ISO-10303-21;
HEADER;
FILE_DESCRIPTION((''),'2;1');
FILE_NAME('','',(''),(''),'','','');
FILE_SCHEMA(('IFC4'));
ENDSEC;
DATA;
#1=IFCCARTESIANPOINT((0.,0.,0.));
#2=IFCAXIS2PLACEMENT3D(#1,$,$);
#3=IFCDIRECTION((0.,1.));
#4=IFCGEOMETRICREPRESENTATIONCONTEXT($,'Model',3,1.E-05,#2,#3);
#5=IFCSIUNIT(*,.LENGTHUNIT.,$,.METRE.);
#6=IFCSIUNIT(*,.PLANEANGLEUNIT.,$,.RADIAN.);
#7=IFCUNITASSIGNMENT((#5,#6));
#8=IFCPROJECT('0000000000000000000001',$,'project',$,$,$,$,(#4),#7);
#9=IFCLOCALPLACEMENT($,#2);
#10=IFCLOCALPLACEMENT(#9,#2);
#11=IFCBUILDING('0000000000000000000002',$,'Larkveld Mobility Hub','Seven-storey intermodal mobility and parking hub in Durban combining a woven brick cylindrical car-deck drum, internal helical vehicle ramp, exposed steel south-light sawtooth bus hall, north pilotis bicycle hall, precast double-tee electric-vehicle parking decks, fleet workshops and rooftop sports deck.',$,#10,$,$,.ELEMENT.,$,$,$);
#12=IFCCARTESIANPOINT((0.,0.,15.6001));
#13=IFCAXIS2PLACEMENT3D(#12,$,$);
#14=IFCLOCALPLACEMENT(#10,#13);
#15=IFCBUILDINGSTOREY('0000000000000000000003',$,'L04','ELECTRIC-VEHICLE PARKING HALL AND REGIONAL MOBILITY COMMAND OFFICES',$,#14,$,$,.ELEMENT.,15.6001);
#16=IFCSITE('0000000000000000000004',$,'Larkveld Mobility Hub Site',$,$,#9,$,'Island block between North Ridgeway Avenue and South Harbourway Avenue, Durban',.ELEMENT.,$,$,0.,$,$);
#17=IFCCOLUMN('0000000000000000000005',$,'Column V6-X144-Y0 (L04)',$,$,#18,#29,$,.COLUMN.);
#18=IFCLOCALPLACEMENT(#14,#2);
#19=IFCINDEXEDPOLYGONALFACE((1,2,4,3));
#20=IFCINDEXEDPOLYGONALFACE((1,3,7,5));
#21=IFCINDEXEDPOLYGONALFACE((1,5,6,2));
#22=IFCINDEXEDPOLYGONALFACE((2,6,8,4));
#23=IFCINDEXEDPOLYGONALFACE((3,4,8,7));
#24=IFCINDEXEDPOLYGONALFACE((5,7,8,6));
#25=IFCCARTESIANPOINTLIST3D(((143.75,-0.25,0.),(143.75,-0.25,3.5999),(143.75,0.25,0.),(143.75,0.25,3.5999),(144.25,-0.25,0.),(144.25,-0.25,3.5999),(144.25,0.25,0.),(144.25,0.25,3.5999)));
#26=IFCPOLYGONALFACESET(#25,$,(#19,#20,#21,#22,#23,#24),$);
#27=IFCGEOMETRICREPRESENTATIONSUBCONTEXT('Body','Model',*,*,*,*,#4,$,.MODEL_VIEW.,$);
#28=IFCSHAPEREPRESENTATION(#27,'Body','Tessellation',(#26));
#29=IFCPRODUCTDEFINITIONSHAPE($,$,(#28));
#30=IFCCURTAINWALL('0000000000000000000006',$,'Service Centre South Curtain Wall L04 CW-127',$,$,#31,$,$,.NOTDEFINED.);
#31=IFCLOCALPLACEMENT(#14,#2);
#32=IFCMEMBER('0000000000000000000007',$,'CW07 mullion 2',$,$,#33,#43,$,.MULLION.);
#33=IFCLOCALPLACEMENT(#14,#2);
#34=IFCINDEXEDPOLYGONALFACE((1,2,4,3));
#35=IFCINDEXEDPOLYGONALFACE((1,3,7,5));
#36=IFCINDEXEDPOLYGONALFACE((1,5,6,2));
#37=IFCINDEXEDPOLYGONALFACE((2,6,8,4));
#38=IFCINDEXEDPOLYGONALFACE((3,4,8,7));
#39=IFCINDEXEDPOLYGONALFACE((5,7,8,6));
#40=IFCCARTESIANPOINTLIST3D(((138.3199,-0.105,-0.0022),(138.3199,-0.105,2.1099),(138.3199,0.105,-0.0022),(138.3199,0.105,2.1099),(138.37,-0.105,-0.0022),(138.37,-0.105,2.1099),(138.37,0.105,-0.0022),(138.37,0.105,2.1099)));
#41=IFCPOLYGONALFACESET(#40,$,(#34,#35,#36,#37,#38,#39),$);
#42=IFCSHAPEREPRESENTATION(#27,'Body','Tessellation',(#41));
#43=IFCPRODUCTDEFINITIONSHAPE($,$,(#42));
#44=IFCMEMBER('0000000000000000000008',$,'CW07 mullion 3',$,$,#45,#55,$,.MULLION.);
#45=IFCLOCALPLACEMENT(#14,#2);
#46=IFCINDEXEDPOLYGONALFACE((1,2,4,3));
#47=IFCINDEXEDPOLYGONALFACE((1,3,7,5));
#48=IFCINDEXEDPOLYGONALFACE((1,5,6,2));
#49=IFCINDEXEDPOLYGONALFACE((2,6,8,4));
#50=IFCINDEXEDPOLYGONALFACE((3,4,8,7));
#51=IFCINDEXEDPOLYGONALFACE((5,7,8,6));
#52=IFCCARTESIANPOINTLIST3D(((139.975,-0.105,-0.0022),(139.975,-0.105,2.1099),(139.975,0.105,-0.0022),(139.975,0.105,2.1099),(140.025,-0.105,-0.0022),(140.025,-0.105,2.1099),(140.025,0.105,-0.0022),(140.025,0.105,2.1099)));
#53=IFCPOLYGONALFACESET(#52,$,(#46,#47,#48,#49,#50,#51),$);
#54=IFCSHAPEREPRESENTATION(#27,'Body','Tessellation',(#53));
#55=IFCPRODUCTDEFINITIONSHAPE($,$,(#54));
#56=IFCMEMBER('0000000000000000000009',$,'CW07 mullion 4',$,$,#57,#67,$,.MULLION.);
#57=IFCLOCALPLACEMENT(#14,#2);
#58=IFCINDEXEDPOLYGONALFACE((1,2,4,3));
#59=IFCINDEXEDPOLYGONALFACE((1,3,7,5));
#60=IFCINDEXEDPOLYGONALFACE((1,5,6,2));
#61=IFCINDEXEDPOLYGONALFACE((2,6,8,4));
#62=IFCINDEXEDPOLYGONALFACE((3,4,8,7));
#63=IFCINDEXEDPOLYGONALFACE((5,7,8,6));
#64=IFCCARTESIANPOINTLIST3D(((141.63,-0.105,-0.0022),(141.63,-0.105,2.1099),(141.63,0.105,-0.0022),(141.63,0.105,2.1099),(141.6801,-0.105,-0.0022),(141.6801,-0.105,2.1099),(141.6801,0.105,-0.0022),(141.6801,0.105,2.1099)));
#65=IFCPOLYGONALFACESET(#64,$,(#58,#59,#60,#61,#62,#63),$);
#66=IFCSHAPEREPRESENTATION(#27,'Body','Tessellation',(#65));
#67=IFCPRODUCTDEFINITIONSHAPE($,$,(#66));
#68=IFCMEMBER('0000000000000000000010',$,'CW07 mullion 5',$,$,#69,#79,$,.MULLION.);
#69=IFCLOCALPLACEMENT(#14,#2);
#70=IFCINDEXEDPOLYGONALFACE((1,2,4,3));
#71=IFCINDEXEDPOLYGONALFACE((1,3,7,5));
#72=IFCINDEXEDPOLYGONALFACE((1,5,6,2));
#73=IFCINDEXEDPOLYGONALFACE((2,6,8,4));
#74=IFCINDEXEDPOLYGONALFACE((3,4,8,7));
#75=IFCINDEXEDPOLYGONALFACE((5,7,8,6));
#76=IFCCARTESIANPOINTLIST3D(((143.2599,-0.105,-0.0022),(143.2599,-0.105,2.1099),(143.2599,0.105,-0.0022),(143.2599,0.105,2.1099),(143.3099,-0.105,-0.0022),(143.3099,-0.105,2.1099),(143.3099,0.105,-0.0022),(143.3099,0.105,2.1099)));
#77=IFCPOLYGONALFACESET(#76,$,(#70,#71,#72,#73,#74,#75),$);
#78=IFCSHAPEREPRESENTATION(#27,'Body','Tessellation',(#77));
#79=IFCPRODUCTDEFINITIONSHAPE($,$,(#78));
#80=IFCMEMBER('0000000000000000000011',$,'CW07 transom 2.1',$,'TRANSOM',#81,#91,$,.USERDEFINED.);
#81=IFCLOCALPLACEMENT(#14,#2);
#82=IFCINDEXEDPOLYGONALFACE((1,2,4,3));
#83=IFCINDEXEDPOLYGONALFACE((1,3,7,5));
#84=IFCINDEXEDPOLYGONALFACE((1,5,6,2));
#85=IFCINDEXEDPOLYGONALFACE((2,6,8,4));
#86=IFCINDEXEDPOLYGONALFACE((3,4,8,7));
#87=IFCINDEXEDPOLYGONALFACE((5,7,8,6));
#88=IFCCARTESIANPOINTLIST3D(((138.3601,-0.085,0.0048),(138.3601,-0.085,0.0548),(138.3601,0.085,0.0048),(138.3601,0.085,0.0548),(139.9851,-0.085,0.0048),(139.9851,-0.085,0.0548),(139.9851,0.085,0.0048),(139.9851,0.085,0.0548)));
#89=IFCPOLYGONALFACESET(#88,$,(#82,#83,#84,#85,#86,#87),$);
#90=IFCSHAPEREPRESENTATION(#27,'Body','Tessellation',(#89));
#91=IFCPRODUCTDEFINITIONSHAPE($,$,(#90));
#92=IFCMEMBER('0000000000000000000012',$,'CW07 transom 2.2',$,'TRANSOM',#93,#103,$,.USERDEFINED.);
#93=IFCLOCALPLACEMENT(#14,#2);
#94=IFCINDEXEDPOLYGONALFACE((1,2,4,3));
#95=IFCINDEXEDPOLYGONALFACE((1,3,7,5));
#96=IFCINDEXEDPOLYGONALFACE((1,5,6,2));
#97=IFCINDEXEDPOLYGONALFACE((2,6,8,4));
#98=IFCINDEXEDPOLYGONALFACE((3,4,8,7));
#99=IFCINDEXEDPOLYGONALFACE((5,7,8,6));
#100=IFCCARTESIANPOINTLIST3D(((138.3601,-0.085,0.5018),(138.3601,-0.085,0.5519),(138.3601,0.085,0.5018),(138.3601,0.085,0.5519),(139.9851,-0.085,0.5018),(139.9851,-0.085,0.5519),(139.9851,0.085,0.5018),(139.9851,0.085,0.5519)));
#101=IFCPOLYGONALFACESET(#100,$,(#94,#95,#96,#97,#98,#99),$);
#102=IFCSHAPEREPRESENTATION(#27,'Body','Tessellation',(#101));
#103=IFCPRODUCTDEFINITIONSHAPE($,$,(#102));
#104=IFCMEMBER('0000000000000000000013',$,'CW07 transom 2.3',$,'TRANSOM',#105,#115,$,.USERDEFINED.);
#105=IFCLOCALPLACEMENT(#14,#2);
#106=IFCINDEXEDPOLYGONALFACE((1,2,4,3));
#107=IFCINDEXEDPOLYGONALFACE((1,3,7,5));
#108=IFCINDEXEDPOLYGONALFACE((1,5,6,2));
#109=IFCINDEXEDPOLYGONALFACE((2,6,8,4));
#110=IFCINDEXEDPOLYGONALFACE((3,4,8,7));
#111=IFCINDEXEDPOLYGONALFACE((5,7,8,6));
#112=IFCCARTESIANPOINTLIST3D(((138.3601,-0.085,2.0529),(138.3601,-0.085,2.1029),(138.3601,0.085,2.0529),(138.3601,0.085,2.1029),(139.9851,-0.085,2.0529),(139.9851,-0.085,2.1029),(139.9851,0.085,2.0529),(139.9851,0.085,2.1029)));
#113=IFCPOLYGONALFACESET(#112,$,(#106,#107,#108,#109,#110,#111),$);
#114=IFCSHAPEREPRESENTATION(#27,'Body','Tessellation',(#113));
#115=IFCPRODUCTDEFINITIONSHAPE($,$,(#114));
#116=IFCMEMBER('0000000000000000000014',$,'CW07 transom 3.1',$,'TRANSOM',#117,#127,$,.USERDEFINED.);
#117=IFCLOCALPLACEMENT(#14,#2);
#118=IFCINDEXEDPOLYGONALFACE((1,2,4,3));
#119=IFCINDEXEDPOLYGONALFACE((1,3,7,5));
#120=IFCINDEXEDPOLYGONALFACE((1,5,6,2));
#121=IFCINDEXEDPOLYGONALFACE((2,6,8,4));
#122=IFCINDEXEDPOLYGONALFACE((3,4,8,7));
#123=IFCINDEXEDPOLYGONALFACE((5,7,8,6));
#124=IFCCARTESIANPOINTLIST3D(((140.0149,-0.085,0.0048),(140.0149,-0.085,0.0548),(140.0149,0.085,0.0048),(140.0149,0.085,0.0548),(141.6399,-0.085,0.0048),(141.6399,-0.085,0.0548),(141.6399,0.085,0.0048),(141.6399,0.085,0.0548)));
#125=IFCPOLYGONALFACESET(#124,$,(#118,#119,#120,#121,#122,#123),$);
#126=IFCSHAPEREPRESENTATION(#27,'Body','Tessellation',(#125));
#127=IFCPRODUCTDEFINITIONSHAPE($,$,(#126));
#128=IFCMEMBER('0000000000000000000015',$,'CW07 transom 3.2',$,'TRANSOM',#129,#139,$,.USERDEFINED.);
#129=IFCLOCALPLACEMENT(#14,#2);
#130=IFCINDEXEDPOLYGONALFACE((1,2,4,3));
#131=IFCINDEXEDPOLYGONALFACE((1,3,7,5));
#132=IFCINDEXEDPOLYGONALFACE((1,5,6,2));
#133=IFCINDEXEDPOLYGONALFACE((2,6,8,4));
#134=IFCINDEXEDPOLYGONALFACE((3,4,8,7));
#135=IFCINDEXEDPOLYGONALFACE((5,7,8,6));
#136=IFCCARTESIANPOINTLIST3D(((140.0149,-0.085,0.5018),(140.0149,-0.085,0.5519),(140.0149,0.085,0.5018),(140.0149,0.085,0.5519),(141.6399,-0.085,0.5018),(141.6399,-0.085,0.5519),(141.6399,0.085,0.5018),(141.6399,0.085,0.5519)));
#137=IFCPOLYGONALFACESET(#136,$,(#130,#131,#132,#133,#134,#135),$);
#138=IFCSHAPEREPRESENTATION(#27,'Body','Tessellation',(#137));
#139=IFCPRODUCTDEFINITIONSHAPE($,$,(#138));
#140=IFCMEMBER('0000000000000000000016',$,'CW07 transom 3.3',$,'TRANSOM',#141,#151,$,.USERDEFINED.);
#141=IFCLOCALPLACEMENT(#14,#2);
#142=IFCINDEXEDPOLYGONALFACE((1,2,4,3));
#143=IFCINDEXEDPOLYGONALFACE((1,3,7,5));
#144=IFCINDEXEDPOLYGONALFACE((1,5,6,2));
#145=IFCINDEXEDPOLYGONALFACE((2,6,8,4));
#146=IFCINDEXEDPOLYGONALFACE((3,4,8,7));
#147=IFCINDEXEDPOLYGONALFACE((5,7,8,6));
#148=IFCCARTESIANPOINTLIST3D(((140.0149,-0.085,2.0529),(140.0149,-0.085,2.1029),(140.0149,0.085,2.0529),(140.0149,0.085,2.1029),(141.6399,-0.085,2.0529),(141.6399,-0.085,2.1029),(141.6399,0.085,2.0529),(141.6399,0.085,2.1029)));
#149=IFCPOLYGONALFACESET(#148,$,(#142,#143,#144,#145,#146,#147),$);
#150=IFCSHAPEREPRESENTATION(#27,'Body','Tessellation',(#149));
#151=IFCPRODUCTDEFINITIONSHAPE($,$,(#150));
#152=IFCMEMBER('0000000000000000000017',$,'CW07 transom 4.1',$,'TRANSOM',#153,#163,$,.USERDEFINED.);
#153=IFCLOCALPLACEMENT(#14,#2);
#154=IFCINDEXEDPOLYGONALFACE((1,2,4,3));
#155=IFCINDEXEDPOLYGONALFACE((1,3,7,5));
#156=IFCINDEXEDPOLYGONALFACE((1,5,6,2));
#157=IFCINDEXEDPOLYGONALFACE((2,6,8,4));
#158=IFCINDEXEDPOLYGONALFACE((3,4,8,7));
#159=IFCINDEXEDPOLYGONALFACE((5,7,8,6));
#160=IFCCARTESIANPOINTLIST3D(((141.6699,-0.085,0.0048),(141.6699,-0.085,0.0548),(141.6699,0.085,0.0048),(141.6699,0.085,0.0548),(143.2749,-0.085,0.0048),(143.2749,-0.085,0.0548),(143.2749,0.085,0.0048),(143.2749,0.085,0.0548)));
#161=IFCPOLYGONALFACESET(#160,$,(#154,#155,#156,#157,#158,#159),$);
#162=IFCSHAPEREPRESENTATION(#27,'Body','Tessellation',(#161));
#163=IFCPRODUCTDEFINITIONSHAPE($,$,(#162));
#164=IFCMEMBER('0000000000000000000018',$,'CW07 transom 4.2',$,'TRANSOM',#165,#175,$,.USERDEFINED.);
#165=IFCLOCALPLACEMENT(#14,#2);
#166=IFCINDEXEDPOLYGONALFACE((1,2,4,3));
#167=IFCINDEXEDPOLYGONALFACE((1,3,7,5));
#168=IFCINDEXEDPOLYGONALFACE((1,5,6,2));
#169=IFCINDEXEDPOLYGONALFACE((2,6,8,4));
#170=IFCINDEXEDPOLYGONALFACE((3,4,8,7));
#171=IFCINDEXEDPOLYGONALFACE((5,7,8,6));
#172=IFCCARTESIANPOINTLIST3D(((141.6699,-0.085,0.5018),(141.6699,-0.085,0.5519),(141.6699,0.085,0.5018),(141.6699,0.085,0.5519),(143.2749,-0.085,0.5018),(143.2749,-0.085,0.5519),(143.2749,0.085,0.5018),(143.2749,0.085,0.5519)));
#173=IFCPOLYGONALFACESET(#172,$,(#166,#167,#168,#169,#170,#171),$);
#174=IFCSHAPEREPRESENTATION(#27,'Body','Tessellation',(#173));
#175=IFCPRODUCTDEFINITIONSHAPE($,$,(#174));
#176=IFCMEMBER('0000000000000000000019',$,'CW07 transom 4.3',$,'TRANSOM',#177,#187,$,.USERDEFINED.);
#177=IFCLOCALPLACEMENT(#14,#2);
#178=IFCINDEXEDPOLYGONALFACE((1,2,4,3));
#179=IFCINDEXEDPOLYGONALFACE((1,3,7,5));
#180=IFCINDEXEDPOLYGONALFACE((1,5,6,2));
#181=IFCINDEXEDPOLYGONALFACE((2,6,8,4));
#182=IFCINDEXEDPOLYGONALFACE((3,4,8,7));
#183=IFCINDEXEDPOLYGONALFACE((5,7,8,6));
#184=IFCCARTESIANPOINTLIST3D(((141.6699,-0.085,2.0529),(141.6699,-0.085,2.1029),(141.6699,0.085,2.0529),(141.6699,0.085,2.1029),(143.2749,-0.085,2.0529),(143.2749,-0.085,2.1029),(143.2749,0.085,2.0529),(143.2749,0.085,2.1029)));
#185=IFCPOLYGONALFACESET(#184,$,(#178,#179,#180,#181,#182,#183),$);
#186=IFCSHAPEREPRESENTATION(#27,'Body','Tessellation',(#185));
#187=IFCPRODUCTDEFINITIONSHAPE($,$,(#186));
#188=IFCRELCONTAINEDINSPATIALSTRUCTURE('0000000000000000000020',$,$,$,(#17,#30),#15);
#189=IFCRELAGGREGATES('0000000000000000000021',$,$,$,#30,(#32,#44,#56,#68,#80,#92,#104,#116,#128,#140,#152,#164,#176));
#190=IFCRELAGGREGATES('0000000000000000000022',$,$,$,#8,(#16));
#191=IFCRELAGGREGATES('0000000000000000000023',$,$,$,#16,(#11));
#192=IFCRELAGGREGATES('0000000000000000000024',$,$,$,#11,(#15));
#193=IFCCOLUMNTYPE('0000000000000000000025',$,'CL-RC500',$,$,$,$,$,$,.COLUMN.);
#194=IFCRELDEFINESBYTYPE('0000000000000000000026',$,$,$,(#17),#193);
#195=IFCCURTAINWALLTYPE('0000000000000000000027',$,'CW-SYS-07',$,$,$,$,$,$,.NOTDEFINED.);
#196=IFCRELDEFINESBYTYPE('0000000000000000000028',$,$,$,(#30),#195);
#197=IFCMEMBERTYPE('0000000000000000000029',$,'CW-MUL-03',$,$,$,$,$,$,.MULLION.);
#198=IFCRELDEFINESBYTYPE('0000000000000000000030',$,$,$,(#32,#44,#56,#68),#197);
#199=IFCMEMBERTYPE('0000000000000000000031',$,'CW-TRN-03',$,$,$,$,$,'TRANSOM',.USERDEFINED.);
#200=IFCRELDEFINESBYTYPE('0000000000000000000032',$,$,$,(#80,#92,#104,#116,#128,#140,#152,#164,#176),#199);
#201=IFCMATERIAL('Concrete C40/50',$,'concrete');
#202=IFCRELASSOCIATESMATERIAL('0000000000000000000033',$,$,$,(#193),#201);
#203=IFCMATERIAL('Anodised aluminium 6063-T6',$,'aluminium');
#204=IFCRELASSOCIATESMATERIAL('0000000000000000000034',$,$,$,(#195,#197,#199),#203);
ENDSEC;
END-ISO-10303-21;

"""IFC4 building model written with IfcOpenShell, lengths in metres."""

from ifc_helpers import new_model, si_unit, direction, frame, origin, origin_2d, place, context, subcontext, project, spatial, rectangle, extrude, material, material_profile, profile_set, type_object, element, aggregate, save


model = new_model("IFC4")

# Units and contexts
model_context = context("Model", 3, precision=1e-05, world=origin(), true_north=direction((0.0, 1.0)))
body_context = subcontext(model_context, "Body", "Model", "MODEL_VIEW")
ifc_project = project(units=[si_unit("LENGTHUNIT", "METRE"), si_unit("PLANEANGLEUNIT", "RADIAN")], contexts=[model_context])

# Site, building, storey
site_placement = place(None, origin())
site = spatial("IfcSite", under=ifc_project, at=site_placement, Name="Larkveld Mobility Hub Site", LongName="Island block between North Ridgeway Avenue and South Harbourway Avenue, Durban", CompositionType="ELEMENT", RefElevation=0.0)
building_placement = place(site_placement, origin())
building = spatial("IfcBuilding", under=site, at=building_placement, Name="Larkveld Mobility Hub", Description="Seven-storey intermodal mobility and parking hub in Durban combining a woven brick cylindrical car-deck drum, internal helical vehicle ramp, exposed steel south-light sawtooth bus hall, north pilotis bicycle hall, precast double-tee electric-vehicle parking decks, fleet workshops and rooftop sports deck.", CompositionType="ELEMENT")
storey_placement = place(building_placement, frame((0.0, 0.0, 15.6001)))
storey = spatial("IfcBuildingStorey", under=building, at=storey_placement, Name="L04", Description="ELECTRIC-VEHICLE PARKING HALL AND REGIONAL MOBILITY COMMAND OFFICES", CompositionType="ELEMENT", Elevation=15.6001)

# Column
ifc_material_1 = material(Name="Concrete C40/50", Category="concrete")
ifc_material_profile_1 = material_profile(ifc_material_1, rectangle(XDim=0.5, YDim=0.5, at=origin_2d()), Name="RC COL 500x500")
ifc_profile_set_1 = profile_set([ifc_material_profile_1], Name="Concrete C40/50")
column_type = type_object("IfcColumnType", Name="CL-RC500", PredefinedType="COLUMN", material=ifc_profile_set_1)
column_placement = place(storey_placement, frame((144.0, 0.0, 0.0), z_axis=(0.0, 0.0, 1.0), x_axis=(1.0, 0.0, 0.0)))
element("IfcColumn", 1, at=column_placement, inside=storey, type_object=column_type, Name="Column V6-X144-Y0 (L04)", PredefinedType="COLUMN", context=body_context, shape_type="SweptSolid", body=[
    extrude(rectangle(XDim=0.5, YDim=0.5, at=origin_2d()), origin(), (0.0, 0.0, 1.0), 3.5999),
])

# Curtain wall, members
ifc_material_2 = material(Name="Anodised aluminium 6063-T6", Category="aluminium")
curtain_wall_type = type_object("IfcCurtainWallType", Name="CW-SYS-07", PredefinedType="NOTDEFINED", material=ifc_material_2)
curtain_wall_placement = place(storey_placement, origin())
curtain_wall = element("IfcCurtainWall", 2, at=curtain_wall_placement, inside=storey, type_object=curtain_wall_type, Name="Service Centre South Curtain Wall L04 CW-127", PredefinedType="NOTDEFINED")
ifc_material_profile_2 = material_profile(ifc_material_2, rectangle(XDim=0.05, YDim=0.21, at=origin_2d()), Name="ALU MULL 50x210")
ifc_profile_set_2 = profile_set([ifc_material_profile_2], Name="Anodised aluminium 6063-T6")
member_type_1 = type_object("IfcMemberType", Name="CW-MUL-03", PredefinedType="MULLION", material=ifc_profile_set_2)
member_1_placement = place(storey_placement, frame((138.345, 0.0, -0.0022), z_axis=(0.0, 0.0, 1.0), x_axis=(1.0, 0.0, 0.0)))
member_1 = element("IfcMember", 3, at=member_1_placement, type_object=member_type_1, Name="CW07 mullion 2", PredefinedType="MULLION", context=body_context, shape_type="SweptSolid", body=[
    extrude(rectangle(XDim=0.05, YDim=0.21, at=origin_2d()), origin(), (0.0, 0.0, 1.0), 2.1121),
])
member_2_placement = place(storey_placement, frame((140.0, 0.0, -0.0022), z_axis=(0.0, 0.0, 1.0), x_axis=(1.0, 0.0, 0.0)))
member_2 = element("IfcMember", 4, at=member_2_placement, type_object=member_type_1, Name="CW07 mullion 3", PredefinedType="MULLION", context=body_context, shape_type="SweptSolid", body=[
    extrude(rectangle(XDim=0.05, YDim=0.21, at=origin_2d()), origin(), (0.0, 0.0, 1.0), 2.1121),
])
member_3_placement = place(storey_placement, frame((141.655, 0.0, -0.0022), z_axis=(0.0, 0.0, 1.0), x_axis=(1.0, 0.0, 0.0)))
member_3 = element("IfcMember", 5, at=member_3_placement, type_object=member_type_1, Name="CW07 mullion 4", PredefinedType="MULLION", context=body_context, shape_type="SweptSolid", body=[
    extrude(rectangle(XDim=0.05, YDim=0.21, at=origin_2d()), origin(), (0.0, 0.0, 1.0), 2.1121),
])
member_4_placement = place(storey_placement, frame((143.2849, 0.0, -0.0022), z_axis=(0.0, 0.0, 1.0), x_axis=(1.0, 0.0, 0.0)))
member_4 = element("IfcMember", 6, at=member_4_placement, type_object=member_type_1, Name="CW07 mullion 5", PredefinedType="MULLION", context=body_context, shape_type="SweptSolid", body=[
    extrude(rectangle(XDim=0.05, YDim=0.21, at=origin_2d()), origin(), (0.0, 0.0, 1.0), 2.1121),
])
ifc_material_profile_3 = material_profile(ifc_material_2, rectangle(XDim=0.1699, YDim=0.05, at=origin_2d()), Name="ALU TRAN 50x170")
ifc_profile_set_3 = profile_set([ifc_material_profile_3], Name="Anodised aluminium 6063-T6")
member_type_2 = type_object("IfcMemberType", Name="CW-TRN-03", ElementType="TRANSOM", PredefinedType="USERDEFINED", material=ifc_profile_set_3)
member_5_placement = place(storey_placement, frame((138.3601, 0.0, 0.0298), z_axis=(1.0, 0.0, 0.0), x_axis=(0.0, 1.0, 0.0)))
member_5 = element("IfcMember", 7, at=member_5_placement, type_object=member_type_2, Name="CW07 transom 2.1", ObjectType="TRANSOM", PredefinedType="USERDEFINED", context=body_context, shape_type="SweptSolid", body=[
    extrude(rectangle(XDim=0.1699, YDim=0.05, at=origin_2d()), origin(), (0.0, 0.0, 1.0), 1.625),
])
member_6_placement = place(storey_placement, frame((138.3601, 0.0, 0.5269), z_axis=(1.0, 0.0, 0.0), x_axis=(0.0, 1.0, 0.0)))
member_6 = element("IfcMember", 8, at=member_6_placement, type_object=member_type_2, Name="CW07 transom 2.2", ObjectType="TRANSOM", PredefinedType="USERDEFINED", context=body_context, shape_type="SweptSolid", body=[
    extrude(rectangle(XDim=0.1699, YDim=0.05, at=origin_2d()), origin(), (0.0, 0.0, 1.0), 1.625),
])
member_7_placement = place(storey_placement, frame((138.3601, 0.0, 2.0779), z_axis=(1.0, 0.0, 0.0), x_axis=(0.0, 1.0, 0.0)))
member_7 = element("IfcMember", 9, at=member_7_placement, type_object=member_type_2, Name="CW07 transom 2.3", ObjectType="TRANSOM", PredefinedType="USERDEFINED", context=body_context, shape_type="SweptSolid", body=[
    extrude(rectangle(XDim=0.1699, YDim=0.05, at=origin_2d()), origin(), (0.0, 0.0, 1.0), 1.625),
])
member_8_placement = place(storey_placement, frame((140.0149, 0.0, 0.0298), z_axis=(1.0, 0.0, 0.0), x_axis=(0.0, 1.0, 0.0)))
member_8 = element("IfcMember", 10, at=member_8_placement, type_object=member_type_2, Name="CW07 transom 3.1", ObjectType="TRANSOM", PredefinedType="USERDEFINED", context=body_context, shape_type="SweptSolid", body=[
    extrude(rectangle(XDim=0.1699, YDim=0.05, at=origin_2d()), origin(), (0.0, 0.0, 1.0), 1.625),
])
member_9_placement = place(storey_placement, frame((140.0149, 0.0, 0.5269), z_axis=(1.0, 0.0, 0.0), x_axis=(0.0, 1.0, 0.0)))
member_9 = element("IfcMember", 11, at=member_9_placement, type_object=member_type_2, Name="CW07 transom 3.2", ObjectType="TRANSOM", PredefinedType="USERDEFINED", context=body_context, shape_type="SweptSolid", body=[
    extrude(rectangle(XDim=0.1699, YDim=0.05, at=origin_2d()), origin(), (0.0, 0.0, 1.0), 1.625),
])
member_10_placement = place(storey_placement, frame((140.0149, 0.0, 2.0779), z_axis=(1.0, 0.0, 0.0), x_axis=(0.0, 1.0, 0.0)))
member_10 = element("IfcMember", 12, at=member_10_placement, type_object=member_type_2, Name="CW07 transom 3.3", ObjectType="TRANSOM", PredefinedType="USERDEFINED", context=body_context, shape_type="SweptSolid", body=[
    extrude(rectangle(XDim=0.1699, YDim=0.05, at=origin_2d()), origin(), (0.0, 0.0, 1.0), 1.625),
])
member_11_placement = place(storey_placement, frame((141.6699, 0.0, 0.0298), z_axis=(1.0, 0.0, 0.0), x_axis=(0.0, 1.0, 0.0)))
member_11 = element("IfcMember", 13, at=member_11_placement, type_object=member_type_2, Name="CW07 transom 4.1", ObjectType="TRANSOM", PredefinedType="USERDEFINED", context=body_context, shape_type="SweptSolid", body=[
    extrude(rectangle(XDim=0.1699, YDim=0.05, at=origin_2d()), origin(), (0.0, 0.0, 1.0), 1.605),
])
member_12_placement = place(storey_placement, frame((141.6699, 0.0, 0.5269), z_axis=(1.0, 0.0, 0.0), x_axis=(0.0, 1.0, 0.0)))
member_12 = element("IfcMember", 14, at=member_12_placement, type_object=member_type_2, Name="CW07 transom 4.2", ObjectType="TRANSOM", PredefinedType="USERDEFINED", context=body_context, shape_type="SweptSolid", body=[
    extrude(rectangle(XDim=0.1699, YDim=0.05, at=origin_2d()), origin(), (0.0, 0.0, 1.0), 1.605),
])
member_13_placement = place(storey_placement, frame((141.6699, 0.0, 2.0779), z_axis=(1.0, 0.0, 0.0), x_axis=(0.0, 1.0, 0.0)))
member_13 = element("IfcMember", 15, at=member_13_placement, type_object=member_type_2, Name="CW07 transom 4.3", ObjectType="TRANSOM", PredefinedType="USERDEFINED", context=body_context, shape_type="SweptSolid", body=[
    extrude(rectangle(XDim=0.1699, YDim=0.05, at=origin_2d()), origin(), (0.0, 0.0, 1.0), 1.605),
])
aggregate(curtain_wall, [member_1, member_2, member_3, member_4, member_5, member_6, member_7, member_8, member_9, member_10, member_11, member_12, member_13])

save(model, "model.ifc")
